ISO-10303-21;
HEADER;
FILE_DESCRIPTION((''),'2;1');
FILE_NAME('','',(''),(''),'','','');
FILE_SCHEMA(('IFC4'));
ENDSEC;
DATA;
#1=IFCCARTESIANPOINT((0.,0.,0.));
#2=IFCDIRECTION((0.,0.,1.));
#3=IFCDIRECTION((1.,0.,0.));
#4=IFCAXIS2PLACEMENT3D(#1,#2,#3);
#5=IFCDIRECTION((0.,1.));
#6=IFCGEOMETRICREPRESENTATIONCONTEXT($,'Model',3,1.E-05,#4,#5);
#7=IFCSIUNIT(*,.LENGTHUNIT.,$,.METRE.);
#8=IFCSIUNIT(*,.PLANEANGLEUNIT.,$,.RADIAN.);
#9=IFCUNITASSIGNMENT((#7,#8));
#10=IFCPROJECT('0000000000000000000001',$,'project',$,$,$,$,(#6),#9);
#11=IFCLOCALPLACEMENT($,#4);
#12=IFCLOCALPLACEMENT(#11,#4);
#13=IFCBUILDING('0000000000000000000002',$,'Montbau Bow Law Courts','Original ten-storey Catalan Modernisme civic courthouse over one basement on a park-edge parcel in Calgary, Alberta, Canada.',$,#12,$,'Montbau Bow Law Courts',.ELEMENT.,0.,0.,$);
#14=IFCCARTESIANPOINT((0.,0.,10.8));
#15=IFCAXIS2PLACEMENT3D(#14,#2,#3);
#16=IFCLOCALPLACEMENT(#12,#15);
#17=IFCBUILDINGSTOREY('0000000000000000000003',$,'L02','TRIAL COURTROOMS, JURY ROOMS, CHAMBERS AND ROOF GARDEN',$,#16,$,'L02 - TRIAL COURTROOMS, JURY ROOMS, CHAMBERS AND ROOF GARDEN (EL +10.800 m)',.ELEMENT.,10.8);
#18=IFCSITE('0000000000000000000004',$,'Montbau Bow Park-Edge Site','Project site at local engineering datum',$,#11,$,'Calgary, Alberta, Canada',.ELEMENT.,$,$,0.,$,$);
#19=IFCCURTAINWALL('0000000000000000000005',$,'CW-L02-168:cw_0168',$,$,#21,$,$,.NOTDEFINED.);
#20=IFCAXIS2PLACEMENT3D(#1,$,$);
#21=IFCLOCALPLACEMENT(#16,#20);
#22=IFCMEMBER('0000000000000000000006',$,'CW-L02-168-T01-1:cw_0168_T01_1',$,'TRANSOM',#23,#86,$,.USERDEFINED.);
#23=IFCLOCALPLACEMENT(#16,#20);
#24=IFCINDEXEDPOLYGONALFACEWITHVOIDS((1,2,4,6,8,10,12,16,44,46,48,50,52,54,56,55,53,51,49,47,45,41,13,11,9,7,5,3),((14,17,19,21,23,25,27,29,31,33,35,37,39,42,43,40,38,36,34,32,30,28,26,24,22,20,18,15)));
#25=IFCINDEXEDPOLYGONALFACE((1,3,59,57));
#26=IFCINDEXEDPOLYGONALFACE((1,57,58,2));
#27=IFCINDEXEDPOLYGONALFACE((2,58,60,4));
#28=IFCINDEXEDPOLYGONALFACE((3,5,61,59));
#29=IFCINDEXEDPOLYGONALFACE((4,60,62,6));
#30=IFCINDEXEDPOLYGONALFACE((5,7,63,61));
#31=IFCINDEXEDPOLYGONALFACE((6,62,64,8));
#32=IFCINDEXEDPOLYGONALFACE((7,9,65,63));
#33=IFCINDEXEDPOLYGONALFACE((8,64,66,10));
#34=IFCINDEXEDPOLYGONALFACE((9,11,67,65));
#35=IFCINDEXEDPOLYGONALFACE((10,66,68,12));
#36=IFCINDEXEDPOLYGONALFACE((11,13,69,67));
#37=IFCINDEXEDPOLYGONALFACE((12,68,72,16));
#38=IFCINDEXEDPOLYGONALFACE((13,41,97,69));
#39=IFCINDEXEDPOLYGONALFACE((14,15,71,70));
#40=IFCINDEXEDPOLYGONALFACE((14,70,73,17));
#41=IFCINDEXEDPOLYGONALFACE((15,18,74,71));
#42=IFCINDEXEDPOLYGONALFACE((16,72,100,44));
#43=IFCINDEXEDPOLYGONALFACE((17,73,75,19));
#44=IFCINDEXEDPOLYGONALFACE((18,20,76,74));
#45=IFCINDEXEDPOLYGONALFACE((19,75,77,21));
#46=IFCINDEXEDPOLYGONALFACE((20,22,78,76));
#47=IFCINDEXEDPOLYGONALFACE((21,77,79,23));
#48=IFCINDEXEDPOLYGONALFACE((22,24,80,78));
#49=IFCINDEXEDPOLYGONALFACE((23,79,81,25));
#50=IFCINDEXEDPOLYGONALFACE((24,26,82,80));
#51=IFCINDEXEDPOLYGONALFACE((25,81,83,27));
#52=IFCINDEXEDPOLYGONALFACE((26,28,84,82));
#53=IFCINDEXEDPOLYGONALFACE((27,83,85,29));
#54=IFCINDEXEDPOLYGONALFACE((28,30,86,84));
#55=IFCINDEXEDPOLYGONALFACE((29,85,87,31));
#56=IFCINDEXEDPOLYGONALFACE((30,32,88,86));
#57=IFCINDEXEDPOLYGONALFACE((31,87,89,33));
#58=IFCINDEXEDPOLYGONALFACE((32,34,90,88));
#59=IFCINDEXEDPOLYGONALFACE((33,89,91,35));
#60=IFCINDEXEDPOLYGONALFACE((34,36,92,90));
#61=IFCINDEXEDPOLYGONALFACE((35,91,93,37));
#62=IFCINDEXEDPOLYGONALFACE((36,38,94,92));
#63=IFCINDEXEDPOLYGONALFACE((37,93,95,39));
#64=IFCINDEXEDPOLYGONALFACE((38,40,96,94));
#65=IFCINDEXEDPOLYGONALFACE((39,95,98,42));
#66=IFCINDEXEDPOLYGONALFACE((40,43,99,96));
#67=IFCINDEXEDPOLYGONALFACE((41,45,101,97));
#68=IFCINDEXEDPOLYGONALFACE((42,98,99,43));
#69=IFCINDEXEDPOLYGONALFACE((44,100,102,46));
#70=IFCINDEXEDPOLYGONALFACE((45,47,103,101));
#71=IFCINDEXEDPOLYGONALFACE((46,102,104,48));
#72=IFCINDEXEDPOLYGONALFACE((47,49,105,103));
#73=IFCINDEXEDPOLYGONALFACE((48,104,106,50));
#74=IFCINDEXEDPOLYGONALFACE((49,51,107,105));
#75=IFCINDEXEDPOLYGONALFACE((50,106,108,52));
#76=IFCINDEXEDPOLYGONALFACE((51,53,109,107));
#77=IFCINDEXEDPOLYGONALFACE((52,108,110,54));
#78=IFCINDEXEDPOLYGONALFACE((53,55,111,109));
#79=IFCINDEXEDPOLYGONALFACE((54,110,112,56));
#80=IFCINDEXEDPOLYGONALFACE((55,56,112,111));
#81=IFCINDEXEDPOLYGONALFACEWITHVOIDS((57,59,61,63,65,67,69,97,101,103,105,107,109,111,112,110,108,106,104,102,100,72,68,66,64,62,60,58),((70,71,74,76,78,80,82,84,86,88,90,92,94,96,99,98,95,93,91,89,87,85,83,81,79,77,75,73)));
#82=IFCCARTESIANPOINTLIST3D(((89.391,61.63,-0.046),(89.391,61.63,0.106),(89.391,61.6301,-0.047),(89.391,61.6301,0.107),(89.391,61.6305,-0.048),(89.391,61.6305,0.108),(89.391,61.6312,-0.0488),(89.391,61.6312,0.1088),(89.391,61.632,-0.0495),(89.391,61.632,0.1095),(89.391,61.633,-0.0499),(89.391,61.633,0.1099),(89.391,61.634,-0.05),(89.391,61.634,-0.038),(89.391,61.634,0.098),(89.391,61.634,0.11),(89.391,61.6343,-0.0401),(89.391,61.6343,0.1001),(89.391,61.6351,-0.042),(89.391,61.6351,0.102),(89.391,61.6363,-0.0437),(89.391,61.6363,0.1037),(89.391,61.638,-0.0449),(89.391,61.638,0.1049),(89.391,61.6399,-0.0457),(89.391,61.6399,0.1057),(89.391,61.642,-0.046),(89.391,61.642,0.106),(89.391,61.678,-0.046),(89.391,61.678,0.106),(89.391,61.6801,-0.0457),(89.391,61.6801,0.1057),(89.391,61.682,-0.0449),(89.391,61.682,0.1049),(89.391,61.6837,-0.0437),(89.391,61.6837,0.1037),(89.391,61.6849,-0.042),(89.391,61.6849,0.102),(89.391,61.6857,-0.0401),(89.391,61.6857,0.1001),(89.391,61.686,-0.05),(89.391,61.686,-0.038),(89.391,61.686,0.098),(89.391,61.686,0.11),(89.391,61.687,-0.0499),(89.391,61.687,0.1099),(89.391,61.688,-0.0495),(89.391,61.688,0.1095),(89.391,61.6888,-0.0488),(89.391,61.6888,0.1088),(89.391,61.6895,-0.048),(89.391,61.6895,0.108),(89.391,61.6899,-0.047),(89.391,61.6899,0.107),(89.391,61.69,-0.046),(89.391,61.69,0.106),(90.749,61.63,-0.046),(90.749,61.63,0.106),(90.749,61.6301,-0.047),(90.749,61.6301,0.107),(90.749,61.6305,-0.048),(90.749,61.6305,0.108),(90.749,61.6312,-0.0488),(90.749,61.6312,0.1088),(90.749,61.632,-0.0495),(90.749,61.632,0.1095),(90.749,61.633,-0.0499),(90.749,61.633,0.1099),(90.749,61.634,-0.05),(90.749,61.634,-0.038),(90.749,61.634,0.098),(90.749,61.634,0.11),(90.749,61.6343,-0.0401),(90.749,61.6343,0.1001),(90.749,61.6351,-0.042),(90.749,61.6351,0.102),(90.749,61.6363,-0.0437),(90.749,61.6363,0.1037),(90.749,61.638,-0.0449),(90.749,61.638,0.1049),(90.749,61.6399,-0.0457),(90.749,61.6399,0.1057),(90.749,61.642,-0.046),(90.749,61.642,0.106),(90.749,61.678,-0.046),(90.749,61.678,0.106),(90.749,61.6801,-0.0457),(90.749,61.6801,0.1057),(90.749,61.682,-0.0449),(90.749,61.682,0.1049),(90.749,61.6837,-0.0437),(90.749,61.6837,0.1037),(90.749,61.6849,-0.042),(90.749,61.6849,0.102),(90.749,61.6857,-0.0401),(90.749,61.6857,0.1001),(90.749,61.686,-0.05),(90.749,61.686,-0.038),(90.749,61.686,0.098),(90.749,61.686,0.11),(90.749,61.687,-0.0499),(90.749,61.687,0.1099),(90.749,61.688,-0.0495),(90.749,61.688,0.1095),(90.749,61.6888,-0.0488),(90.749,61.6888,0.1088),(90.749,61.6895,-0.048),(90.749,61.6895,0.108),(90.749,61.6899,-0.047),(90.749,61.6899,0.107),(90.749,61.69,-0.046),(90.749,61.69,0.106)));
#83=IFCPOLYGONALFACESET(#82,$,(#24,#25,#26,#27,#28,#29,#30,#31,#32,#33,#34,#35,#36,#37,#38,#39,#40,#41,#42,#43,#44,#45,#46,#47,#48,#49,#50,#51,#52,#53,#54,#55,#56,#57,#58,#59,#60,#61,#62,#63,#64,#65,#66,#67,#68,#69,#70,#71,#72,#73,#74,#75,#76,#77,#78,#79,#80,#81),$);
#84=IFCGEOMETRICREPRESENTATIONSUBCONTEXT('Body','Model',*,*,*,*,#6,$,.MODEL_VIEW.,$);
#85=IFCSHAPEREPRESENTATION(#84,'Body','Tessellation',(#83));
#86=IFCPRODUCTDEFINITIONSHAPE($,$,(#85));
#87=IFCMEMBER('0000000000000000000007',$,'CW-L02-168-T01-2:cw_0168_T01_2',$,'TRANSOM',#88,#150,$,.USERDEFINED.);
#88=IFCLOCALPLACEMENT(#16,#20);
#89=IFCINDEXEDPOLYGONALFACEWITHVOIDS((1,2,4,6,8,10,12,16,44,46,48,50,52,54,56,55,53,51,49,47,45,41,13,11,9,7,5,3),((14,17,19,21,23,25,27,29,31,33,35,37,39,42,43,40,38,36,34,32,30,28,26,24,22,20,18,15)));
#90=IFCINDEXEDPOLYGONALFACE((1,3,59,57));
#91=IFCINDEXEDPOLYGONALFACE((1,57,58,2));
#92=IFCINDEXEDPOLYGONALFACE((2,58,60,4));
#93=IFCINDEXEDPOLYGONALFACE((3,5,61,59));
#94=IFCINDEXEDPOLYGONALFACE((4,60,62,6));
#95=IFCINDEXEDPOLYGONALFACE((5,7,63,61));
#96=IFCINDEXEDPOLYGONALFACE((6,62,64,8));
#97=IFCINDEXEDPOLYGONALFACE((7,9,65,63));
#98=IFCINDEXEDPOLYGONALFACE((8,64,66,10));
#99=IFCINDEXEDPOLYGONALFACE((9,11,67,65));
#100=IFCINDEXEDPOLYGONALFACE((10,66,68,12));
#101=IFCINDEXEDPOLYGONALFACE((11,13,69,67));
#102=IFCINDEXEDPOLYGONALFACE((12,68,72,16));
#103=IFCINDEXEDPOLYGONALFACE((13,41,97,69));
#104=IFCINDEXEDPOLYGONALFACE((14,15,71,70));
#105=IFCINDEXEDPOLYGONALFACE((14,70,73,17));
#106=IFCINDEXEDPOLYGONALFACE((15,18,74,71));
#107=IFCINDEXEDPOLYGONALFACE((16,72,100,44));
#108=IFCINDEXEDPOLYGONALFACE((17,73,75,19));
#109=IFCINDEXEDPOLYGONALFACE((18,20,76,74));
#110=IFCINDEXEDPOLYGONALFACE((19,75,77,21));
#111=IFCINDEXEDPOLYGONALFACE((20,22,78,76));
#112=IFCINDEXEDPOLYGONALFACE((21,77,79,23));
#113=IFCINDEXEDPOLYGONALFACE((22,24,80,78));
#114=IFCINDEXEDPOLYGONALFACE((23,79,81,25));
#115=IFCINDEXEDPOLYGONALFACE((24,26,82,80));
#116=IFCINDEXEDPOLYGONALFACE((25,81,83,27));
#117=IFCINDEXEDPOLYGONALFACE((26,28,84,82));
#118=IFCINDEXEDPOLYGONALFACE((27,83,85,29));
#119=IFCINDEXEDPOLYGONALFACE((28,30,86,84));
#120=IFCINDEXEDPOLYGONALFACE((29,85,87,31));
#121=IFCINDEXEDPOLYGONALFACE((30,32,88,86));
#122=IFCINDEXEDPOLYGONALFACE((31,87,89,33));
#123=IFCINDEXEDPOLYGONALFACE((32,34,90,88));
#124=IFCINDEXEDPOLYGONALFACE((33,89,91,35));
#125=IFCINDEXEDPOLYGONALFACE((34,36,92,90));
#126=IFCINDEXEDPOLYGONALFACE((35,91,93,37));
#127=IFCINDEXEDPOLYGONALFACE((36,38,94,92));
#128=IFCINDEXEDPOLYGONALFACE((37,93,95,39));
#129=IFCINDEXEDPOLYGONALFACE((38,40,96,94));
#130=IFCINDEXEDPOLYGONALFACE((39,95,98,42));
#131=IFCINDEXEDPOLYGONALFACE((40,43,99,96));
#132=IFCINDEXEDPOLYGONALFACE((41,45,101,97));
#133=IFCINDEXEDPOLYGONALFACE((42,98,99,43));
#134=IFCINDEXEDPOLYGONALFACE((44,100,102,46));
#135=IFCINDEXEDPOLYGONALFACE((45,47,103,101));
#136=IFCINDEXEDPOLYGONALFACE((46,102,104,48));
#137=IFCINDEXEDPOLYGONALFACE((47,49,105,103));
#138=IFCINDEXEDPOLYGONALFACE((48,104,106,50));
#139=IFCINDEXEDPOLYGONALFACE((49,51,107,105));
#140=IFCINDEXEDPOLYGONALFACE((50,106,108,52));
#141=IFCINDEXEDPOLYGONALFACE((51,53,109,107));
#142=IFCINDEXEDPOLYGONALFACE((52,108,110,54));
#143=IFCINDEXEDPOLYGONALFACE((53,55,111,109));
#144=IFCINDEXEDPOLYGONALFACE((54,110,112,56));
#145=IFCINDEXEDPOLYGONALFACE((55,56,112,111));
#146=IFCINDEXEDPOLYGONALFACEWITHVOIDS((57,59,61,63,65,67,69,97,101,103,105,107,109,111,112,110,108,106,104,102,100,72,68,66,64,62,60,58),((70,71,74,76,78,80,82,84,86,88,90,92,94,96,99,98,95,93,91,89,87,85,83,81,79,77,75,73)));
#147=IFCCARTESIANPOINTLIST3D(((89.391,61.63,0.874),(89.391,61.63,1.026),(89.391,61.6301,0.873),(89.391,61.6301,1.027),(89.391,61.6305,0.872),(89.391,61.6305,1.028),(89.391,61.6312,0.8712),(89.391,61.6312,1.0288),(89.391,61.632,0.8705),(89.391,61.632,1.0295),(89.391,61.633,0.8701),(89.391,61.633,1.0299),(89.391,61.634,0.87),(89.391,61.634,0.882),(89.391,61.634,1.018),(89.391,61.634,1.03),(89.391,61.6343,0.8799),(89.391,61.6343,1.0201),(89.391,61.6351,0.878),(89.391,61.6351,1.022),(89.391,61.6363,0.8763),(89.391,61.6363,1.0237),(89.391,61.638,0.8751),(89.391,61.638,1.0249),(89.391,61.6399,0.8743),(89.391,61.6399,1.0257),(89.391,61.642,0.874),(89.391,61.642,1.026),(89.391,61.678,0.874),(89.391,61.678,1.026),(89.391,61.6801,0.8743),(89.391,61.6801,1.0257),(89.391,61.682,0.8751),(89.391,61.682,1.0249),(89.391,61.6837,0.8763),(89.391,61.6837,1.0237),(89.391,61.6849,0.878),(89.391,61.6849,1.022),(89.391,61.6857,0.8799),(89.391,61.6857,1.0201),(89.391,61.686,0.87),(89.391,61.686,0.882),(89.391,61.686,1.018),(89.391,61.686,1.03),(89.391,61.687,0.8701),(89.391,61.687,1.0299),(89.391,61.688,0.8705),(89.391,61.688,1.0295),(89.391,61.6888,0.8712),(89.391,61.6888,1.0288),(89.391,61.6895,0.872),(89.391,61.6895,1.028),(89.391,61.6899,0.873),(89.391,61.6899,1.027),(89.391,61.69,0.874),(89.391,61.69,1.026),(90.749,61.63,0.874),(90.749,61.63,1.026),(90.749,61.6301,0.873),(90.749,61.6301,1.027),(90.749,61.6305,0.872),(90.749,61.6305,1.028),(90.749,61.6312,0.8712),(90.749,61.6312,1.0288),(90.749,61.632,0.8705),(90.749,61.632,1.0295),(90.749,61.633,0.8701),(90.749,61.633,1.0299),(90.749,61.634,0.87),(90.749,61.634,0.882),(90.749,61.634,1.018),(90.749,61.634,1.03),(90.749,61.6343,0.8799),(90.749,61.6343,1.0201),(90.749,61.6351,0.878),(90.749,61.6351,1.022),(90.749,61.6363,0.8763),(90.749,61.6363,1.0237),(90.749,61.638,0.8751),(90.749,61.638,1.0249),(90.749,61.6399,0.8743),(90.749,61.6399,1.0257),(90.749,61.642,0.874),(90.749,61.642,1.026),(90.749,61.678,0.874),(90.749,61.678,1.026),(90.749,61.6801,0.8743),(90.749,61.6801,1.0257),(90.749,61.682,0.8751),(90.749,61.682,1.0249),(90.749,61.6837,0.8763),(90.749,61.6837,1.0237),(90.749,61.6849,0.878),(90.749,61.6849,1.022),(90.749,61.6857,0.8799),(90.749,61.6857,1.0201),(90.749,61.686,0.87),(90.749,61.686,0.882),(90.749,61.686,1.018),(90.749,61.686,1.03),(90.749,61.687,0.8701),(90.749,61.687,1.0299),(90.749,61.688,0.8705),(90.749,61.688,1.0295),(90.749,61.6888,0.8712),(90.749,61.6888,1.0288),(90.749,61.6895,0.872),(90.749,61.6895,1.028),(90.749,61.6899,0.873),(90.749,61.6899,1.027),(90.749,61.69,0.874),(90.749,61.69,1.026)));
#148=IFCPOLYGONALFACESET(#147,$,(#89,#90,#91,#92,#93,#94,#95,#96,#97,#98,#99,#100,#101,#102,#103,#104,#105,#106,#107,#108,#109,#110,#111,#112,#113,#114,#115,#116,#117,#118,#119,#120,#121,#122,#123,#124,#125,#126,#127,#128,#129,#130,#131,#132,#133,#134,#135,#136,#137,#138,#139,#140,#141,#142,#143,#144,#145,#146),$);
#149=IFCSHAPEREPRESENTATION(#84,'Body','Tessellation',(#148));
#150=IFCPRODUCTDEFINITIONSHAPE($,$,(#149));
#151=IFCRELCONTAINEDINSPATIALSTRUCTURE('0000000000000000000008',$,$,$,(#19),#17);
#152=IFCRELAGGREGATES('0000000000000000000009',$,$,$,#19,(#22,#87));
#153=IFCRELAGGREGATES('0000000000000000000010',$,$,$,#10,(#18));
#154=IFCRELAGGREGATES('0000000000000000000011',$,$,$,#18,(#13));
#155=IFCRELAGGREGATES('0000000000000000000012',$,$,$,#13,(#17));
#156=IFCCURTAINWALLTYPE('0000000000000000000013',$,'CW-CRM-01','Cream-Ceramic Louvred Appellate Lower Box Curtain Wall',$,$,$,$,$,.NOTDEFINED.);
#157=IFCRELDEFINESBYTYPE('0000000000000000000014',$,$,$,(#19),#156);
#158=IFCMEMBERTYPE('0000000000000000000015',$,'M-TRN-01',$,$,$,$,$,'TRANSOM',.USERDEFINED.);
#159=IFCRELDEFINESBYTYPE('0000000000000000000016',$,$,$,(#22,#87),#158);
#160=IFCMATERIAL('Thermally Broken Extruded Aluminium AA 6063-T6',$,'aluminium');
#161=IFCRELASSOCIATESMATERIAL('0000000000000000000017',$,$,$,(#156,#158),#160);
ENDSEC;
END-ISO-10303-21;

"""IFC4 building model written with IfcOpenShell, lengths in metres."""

from ifc_helpers import new_model, si_unit, direction, frame, origin_with_axes, origin_2d_with_axis, place, context, subcontext, project, spatial, hollow_rectangle, extrude, material, material_profile, profile_set, type_object, element, aggregate, save


model = new_model("IFC4")

# Units and contexts
model_context = context("Model", 3, precision=1e-05, world=origin_with_axes(), true_north=direction((0.0, 1.0)))
body_context = subcontext(model_context, "Body", "Model", "MODEL_VIEW")
ifc_project = project(units=[si_unit("LENGTHUNIT", "METRE"), si_unit("PLANEANGLEUNIT", "RADIAN")], contexts=[model_context])

# Site, building, storey
site_placement = place(None, origin_with_axes())
site = spatial("IfcSite", under=ifc_project, at=site_placement, Name="Montbau Bow Park-Edge Site", Description="Project site at local engineering datum", LongName="Calgary, Alberta, Canada", CompositionType="ELEMENT", RefElevation=0.0)
building_placement = place(site_placement, origin_with_axes())
building = spatial("IfcBuilding", under=site, at=building_placement, Name="Montbau Bow Law Courts", Description="Original ten-storey Catalan Modernisme civic courthouse over one basement on a park-edge parcel in Calgary, Alberta, Canada.", LongName="Montbau Bow Law Courts", CompositionType="ELEMENT", ElevationOfRefHeight=0.0, ElevationOfTerrain=0.0)
storey_placement = place(building_placement, frame((0.0, 0.0, 10.8), z_axis=(0.0, 0.0, 1.0), x_axis=(1.0, 0.0, 0.0)))
storey = spatial("IfcBuildingStorey", under=building, at=storey_placement, Name="L02", Description="TRIAL COURTROOMS, JURY ROOMS, CHAMBERS AND ROOF GARDEN", LongName="L02 - TRIAL COURTROOMS, JURY ROOMS, CHAMBERS AND ROOF GARDEN (EL +10.800 m)", CompositionType="ELEMENT", Elevation=10.8)

# Curtain wall, members
ifc_material_1 = material(Name="Thermally Broken Extruded Aluminium AA 6063-T6", Category="aluminium")
curtain_wall_type = type_object("IfcCurtainWallType", Name="CW-CRM-01", Description="Cream-Ceramic Louvred Appellate Lower Box Curtain Wall", PredefinedType="NOTDEFINED", material=ifc_material_1)
curtain_wall_placement = place(None, frame((89.315, 61.66, 10.8), z_axis=(0.0, 0.0, 1.0), x_axis=(1.0, 0.0, 0.0)))
curtain_wall = element("IfcCurtainWall", 1, at=curtain_wall_placement, inside=storey, type_object=curtain_wall_type, Name="CW-L02-168:cw_0168", PredefinedType="NOTDEFINED")
ifc_material_profile_1 = material_profile(ifc_material_1, hollow_rectangle(XDim=0.06, YDim=0.16, WallThickness=0.004, InnerFilletRadius=0.008, OuterFilletRadius=0.004, at=origin_2d_with_axis()), Name="CWT-160X60", Category="Main", Priority=0)
ifc_profile_set_1 = profile_set([ifc_material_profile_1], Name="Thermally Broken Extruded Aluminium AA 6063-T6")
member_type_1 = type_object("IfcMemberType", Name="M-TRN-01", ElementType="TRANSOM", PredefinedType="USERDEFINED", material=ifc_profile_set_1)
member_1_placement = place(None, frame((89.391, 61.66, 10.83), z_axis=(1.0, 0.0, 0.0), x_axis=(0.0, 1.0, 0.0)))
member_1 = element("IfcMember", 2, at=member_1_placement, type_object=member_type_1, Name="CW-L02-168-T01-1:cw_0168_T01_1", ObjectType="TRANSOM", PredefinedType="USERDEFINED", context=body_context, shape_type="SweptSolid", body=[
    extrude(hollow_rectangle(XDim=0.06, YDim=0.16, WallThickness=0.004, InnerFilletRadius=0.008, OuterFilletRadius=0.004, at=origin_2d_with_axis()), origin_with_axes(), (0.0, 0.0, 1.0), 1.358),
])
member_2_placement = place(None, frame((89.391, 61.66, 11.75), z_axis=(1.0, 0.0, 0.0), x_axis=(0.0, 1.0, 0.0)))
member_2 = element("IfcMember", 3, at=member_2_placement, type_object=member_type_1, Name="CW-L02-168-T01-2:cw_0168_T01_2", ObjectType="TRANSOM", PredefinedType="USERDEFINED", context=body_context, shape_type="SweptSolid", body=[
    extrude(hollow_rectangle(XDim=0.06, YDim=0.16, WallThickness=0.004, InnerFilletRadius=0.008, OuterFilletRadius=0.004, at=origin_2d_with_axis()), origin_with_axes(), (0.0, 0.0, 1.0), 1.358),
])
aggregate(curtain_wall, [member_1, member_2])

save(model, "model.ifc")
